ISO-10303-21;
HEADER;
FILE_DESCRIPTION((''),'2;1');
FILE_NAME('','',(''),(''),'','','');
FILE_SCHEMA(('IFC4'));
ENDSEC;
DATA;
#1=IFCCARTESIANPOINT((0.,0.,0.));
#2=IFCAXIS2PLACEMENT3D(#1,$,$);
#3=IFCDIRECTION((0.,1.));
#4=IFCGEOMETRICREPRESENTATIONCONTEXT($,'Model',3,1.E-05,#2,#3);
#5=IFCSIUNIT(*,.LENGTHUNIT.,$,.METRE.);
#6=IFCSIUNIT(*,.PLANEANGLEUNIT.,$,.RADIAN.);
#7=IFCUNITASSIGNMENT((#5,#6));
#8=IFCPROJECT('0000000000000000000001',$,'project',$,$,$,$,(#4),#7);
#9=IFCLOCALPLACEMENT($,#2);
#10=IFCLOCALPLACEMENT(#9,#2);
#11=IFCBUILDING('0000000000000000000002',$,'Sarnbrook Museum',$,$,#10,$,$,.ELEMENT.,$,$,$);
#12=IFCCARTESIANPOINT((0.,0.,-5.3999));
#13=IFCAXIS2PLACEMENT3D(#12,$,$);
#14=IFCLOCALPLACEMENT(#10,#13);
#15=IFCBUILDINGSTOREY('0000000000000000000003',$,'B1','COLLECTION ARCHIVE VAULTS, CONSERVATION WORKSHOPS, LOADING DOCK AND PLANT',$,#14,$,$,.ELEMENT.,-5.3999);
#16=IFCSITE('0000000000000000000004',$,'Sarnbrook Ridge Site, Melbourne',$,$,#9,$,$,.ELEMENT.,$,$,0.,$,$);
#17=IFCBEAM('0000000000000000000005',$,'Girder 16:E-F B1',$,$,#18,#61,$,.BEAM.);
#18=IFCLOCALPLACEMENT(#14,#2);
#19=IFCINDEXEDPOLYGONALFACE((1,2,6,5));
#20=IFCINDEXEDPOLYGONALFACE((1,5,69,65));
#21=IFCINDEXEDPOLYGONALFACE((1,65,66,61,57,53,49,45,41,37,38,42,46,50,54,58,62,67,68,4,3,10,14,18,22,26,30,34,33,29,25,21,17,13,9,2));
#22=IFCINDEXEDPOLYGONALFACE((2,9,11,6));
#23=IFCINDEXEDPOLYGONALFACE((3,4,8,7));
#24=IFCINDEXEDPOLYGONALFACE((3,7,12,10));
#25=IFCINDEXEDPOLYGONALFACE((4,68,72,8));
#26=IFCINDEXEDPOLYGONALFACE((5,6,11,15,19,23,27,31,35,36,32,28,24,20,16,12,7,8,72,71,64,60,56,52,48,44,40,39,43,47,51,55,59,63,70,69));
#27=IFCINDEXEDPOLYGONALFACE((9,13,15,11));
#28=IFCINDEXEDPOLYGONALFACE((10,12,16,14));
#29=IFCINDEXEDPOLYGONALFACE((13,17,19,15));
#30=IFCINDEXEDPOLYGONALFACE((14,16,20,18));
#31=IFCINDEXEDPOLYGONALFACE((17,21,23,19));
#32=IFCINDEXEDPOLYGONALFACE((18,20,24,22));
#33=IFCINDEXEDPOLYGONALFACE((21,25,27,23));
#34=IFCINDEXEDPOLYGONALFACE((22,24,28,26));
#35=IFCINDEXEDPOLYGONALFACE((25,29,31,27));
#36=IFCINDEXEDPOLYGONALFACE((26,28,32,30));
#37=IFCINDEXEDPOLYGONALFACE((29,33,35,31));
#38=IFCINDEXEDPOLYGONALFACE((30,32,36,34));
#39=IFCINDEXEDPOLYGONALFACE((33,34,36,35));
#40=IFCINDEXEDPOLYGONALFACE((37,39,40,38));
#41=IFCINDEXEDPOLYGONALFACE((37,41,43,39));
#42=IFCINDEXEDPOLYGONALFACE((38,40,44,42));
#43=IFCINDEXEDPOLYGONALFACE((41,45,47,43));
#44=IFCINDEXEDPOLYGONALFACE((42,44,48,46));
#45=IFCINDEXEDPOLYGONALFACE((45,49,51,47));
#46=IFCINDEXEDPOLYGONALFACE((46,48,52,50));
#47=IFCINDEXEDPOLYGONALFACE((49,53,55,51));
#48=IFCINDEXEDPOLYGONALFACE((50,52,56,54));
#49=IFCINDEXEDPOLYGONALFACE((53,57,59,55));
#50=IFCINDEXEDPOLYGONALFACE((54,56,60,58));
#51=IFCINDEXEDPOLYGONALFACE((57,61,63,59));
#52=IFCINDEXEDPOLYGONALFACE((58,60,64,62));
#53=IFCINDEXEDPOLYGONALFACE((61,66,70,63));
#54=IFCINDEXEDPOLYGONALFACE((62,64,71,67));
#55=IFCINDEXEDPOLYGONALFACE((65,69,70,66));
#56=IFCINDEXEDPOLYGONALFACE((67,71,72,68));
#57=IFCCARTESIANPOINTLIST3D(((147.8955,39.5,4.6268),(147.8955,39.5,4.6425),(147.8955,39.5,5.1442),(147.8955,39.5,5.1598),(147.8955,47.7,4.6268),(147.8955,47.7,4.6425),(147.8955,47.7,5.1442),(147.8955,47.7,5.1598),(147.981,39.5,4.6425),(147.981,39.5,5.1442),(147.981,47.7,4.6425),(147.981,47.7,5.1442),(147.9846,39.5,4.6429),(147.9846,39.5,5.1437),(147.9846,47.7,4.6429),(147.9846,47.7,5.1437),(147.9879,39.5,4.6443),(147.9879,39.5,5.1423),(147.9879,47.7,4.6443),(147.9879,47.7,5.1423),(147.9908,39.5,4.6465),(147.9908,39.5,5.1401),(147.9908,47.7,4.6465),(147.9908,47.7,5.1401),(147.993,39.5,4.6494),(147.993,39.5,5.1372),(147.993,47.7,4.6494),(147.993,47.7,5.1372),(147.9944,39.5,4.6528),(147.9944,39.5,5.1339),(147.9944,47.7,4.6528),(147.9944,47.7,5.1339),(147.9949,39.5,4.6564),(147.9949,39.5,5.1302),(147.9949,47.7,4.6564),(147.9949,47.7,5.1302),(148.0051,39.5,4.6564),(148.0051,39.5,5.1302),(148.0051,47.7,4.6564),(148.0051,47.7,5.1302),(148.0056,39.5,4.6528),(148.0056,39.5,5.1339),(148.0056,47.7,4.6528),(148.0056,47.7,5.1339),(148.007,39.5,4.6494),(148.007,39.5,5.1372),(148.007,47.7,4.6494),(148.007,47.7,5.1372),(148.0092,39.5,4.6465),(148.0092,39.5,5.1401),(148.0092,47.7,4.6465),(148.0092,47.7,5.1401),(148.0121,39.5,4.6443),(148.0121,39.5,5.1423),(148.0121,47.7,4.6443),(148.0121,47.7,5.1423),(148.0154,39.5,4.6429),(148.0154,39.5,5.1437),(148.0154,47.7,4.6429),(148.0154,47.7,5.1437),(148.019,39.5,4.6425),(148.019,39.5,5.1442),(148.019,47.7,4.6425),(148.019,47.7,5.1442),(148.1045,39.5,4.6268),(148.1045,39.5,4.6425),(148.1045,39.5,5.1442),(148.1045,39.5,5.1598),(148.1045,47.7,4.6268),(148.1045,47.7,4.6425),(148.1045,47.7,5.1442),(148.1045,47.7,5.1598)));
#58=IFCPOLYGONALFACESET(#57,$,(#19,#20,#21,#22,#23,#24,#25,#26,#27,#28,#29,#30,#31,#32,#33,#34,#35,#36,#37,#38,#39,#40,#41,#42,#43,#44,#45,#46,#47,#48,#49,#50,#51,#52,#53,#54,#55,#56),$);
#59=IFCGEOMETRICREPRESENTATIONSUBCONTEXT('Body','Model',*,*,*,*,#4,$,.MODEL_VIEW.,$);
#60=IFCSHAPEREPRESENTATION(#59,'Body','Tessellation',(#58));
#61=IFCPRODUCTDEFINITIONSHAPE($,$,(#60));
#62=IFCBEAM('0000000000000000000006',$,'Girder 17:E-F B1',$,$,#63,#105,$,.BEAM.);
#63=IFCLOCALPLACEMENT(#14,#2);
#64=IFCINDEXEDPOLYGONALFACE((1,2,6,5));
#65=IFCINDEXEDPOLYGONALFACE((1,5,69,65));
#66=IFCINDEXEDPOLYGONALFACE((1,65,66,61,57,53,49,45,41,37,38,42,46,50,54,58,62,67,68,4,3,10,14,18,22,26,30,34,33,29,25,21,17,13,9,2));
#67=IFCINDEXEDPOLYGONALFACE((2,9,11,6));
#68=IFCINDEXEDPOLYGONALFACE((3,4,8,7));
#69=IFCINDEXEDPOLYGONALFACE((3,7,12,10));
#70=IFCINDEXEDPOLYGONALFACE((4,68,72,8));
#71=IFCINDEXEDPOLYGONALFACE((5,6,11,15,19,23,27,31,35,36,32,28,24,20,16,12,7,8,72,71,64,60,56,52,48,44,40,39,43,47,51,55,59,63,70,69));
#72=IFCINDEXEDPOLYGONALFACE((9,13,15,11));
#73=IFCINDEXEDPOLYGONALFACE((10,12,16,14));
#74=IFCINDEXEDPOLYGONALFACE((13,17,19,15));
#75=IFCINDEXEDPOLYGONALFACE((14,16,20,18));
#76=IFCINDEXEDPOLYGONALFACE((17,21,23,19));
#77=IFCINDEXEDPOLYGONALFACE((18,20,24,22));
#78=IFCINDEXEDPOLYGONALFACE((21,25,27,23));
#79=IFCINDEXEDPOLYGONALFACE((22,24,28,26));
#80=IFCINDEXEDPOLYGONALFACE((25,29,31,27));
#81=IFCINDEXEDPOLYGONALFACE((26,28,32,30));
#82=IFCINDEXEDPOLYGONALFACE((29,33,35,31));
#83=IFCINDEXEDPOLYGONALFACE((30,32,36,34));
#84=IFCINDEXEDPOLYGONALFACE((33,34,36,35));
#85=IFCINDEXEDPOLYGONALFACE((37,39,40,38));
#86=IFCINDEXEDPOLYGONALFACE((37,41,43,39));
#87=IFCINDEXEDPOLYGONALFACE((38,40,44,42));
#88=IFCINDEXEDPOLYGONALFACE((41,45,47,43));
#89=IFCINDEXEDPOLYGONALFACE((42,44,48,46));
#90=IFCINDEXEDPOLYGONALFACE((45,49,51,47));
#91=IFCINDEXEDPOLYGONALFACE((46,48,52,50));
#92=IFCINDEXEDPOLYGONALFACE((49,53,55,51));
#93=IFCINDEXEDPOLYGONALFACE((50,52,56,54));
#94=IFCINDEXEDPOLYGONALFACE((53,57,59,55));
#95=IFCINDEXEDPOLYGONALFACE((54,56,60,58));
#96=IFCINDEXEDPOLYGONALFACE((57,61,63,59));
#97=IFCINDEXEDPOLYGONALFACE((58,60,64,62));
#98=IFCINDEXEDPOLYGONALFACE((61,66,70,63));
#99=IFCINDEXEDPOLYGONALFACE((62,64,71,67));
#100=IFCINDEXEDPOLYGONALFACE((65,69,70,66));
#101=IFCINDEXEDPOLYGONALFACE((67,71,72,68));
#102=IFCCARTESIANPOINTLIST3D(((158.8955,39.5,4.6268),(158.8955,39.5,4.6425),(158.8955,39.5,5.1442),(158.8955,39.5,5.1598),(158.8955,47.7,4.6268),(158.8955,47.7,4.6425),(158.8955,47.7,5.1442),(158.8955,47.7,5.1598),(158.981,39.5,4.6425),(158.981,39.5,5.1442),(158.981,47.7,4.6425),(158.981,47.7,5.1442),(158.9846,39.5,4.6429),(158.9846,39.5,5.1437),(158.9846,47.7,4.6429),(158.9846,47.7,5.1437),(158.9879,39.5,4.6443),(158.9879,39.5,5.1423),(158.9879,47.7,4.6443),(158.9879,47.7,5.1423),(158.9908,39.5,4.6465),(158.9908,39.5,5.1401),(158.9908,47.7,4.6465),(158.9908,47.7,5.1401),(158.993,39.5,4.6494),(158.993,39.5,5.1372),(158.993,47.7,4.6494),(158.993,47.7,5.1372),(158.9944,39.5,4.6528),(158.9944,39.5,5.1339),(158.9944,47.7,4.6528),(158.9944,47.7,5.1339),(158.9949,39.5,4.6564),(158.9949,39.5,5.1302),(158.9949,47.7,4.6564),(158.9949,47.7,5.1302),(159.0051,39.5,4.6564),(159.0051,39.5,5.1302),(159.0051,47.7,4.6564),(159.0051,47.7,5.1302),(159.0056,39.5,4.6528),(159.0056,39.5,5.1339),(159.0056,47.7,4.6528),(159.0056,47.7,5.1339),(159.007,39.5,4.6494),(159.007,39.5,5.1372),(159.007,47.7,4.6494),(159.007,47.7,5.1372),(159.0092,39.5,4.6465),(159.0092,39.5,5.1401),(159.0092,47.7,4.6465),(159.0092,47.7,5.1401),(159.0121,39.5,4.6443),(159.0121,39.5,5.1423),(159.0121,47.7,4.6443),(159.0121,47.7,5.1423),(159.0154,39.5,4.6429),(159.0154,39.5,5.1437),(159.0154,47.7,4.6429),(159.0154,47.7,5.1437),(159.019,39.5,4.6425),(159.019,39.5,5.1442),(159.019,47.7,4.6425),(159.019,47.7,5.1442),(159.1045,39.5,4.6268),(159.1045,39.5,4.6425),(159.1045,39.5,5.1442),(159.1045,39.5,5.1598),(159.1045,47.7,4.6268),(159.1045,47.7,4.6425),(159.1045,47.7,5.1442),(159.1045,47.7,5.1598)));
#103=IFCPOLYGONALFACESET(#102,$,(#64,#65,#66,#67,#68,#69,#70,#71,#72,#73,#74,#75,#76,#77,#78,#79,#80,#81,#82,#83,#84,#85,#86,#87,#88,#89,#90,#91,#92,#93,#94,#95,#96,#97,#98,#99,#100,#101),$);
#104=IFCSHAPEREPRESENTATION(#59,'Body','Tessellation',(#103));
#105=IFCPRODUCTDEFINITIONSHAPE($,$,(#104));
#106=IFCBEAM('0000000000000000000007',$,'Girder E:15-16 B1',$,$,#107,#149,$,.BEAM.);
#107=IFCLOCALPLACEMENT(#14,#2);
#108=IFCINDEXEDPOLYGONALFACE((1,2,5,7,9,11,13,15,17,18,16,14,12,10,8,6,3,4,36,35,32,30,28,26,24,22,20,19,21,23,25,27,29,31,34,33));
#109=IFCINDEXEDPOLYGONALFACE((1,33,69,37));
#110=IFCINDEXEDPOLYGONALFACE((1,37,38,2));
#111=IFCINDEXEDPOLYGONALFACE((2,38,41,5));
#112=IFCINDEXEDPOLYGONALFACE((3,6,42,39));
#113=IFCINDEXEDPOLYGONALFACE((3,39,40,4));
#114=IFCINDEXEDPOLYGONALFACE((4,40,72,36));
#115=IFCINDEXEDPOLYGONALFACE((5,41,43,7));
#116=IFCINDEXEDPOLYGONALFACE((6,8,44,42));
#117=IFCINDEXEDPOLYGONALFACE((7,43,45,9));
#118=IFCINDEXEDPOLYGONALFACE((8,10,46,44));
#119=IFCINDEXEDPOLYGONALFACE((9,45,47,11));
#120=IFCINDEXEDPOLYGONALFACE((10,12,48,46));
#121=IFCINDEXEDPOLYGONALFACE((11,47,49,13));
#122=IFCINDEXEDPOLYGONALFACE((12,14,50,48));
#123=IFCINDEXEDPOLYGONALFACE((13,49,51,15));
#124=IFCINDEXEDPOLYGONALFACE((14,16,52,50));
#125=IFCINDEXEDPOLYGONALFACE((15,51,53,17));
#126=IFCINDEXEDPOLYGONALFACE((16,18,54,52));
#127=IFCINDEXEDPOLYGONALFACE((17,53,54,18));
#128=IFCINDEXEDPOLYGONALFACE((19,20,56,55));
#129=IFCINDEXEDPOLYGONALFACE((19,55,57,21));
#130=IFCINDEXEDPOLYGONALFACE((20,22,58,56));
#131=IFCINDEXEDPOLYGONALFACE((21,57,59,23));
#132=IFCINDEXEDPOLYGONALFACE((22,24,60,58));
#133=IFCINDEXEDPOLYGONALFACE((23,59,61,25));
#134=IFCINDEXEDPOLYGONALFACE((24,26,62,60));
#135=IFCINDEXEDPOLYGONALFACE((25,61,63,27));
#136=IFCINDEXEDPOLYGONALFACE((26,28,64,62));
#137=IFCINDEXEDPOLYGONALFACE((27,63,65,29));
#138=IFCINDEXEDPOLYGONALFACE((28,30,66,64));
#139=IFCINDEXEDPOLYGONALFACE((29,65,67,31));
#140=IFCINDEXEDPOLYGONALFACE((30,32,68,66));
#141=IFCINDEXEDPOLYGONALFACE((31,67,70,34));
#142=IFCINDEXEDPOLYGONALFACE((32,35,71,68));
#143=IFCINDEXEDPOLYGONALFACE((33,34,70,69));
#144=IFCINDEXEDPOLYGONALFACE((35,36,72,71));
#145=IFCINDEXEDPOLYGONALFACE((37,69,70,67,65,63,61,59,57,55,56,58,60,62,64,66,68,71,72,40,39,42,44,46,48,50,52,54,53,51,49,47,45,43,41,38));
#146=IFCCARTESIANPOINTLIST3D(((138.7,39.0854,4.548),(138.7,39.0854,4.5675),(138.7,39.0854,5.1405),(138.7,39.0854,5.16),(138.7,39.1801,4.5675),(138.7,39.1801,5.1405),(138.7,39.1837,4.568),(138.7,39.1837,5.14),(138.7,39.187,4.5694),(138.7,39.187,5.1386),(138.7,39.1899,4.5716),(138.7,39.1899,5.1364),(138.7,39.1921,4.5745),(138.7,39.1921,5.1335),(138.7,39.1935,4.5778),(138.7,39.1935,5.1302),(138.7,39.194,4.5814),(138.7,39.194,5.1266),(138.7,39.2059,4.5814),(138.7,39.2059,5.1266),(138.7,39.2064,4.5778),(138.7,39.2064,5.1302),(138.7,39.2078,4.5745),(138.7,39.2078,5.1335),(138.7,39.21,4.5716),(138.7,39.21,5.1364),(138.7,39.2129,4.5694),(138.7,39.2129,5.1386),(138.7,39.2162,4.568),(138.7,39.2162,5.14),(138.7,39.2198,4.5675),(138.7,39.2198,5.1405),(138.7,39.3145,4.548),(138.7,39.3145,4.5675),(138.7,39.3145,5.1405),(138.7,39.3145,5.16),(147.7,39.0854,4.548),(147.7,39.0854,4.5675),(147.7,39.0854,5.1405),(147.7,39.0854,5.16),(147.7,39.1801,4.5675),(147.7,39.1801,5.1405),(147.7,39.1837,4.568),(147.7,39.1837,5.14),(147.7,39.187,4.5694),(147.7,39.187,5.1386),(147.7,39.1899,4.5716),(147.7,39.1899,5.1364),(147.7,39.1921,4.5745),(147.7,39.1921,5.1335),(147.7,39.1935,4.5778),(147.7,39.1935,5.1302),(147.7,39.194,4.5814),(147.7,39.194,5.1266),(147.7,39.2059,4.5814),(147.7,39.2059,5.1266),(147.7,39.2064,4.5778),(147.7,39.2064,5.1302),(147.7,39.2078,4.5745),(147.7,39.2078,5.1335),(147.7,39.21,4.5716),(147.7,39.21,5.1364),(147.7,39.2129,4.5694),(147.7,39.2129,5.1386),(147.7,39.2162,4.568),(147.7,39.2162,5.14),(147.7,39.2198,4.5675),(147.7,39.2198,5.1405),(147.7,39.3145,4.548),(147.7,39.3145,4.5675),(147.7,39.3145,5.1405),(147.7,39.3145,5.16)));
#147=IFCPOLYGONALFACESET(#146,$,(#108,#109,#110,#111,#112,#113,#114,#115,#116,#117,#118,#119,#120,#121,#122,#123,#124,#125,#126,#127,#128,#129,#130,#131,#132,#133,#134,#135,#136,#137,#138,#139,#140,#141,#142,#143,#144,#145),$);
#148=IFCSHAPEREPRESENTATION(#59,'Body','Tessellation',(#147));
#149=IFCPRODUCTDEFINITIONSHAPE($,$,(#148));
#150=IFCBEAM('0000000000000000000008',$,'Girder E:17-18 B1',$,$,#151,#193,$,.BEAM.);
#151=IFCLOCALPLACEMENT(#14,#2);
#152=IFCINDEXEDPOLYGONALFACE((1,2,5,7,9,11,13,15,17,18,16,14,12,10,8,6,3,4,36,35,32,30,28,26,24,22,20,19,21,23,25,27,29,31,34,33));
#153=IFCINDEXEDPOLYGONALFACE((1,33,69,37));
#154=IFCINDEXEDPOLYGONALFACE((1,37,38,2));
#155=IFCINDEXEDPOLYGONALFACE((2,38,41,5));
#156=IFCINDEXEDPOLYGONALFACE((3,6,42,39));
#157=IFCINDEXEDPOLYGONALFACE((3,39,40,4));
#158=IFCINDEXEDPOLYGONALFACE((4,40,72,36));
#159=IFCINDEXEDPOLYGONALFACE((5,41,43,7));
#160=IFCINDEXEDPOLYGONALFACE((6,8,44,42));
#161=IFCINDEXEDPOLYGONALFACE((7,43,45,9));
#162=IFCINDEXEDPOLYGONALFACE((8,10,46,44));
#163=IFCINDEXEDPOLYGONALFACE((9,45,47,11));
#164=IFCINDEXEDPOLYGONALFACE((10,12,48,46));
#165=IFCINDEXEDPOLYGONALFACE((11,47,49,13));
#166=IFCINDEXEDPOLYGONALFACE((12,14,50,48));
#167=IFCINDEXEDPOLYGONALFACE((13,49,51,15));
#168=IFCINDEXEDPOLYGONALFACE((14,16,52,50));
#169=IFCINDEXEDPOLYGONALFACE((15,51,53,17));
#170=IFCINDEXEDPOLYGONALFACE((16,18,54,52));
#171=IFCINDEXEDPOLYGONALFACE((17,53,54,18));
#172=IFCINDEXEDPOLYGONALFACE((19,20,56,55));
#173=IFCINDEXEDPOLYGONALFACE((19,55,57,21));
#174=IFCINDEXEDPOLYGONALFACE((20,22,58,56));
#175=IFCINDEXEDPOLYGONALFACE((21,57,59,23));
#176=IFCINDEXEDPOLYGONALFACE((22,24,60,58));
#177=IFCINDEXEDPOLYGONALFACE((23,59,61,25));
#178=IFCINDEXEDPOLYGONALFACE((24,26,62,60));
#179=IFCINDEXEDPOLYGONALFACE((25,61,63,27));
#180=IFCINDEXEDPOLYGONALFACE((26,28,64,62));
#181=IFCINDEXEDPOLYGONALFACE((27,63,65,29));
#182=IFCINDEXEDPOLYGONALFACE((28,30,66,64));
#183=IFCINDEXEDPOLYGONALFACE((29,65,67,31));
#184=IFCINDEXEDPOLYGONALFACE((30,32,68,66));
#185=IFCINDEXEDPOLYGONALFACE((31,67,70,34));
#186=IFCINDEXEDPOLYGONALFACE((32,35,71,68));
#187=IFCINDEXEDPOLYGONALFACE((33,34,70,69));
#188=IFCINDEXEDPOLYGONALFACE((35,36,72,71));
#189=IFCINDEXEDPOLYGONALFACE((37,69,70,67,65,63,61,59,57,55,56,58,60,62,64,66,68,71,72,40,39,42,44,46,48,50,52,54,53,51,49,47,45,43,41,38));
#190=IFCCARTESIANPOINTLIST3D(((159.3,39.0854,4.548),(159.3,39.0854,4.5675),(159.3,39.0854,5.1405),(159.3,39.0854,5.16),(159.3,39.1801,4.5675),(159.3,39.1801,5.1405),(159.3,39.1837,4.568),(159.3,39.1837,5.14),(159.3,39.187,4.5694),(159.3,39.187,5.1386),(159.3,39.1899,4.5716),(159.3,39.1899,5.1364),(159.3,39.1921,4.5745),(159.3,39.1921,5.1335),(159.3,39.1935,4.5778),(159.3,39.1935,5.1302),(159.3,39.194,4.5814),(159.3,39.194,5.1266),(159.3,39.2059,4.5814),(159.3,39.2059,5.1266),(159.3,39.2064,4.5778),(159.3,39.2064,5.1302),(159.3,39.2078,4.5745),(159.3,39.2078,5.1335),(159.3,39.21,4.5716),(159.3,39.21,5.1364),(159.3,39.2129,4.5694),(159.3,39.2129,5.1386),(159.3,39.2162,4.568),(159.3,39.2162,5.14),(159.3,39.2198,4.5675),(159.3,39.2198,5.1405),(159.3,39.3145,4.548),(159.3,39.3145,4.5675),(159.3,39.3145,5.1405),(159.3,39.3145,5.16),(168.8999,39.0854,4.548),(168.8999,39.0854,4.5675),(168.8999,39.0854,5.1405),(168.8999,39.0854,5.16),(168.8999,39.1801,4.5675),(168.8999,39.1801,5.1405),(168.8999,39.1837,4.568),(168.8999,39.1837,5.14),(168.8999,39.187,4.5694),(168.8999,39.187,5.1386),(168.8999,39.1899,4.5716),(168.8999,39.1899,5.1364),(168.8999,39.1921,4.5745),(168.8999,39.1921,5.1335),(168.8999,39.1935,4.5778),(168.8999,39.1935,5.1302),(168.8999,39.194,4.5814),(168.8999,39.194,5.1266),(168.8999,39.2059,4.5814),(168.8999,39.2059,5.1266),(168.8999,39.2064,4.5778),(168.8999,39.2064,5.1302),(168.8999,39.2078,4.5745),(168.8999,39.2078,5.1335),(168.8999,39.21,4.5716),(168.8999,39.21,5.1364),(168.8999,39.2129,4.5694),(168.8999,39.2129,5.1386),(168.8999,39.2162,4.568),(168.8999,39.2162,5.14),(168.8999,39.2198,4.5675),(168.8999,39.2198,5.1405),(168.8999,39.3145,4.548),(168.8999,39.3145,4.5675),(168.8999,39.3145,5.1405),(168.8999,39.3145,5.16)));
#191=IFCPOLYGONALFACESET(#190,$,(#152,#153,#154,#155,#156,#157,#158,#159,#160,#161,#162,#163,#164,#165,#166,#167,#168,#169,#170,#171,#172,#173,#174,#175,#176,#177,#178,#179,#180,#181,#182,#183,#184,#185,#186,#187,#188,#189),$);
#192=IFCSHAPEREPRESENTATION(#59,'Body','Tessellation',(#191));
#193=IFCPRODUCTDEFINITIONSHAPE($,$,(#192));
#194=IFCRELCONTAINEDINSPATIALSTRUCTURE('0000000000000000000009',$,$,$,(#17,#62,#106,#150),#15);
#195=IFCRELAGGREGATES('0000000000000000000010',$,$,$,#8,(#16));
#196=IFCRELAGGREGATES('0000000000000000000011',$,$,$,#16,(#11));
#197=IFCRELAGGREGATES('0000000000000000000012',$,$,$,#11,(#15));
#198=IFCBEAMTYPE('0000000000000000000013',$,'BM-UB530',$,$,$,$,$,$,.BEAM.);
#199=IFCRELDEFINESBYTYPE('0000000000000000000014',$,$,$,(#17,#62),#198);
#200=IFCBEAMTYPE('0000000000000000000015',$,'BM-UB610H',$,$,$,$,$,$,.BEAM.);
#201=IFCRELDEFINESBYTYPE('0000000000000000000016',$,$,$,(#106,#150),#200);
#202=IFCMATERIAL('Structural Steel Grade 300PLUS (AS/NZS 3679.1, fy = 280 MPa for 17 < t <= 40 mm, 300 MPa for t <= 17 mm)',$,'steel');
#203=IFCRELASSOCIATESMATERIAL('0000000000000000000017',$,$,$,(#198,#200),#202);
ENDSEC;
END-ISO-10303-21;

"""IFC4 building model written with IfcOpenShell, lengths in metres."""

from ifc_helpers import new_model, si_unit, direction, frame, origin, origin_2d, place, context, subcontext, project, spatial, i_section, extrude, material, material_profile, profile_set, type_object, element, save


model = new_model("IFC4")

# Units and contexts
model_context = context("Model", 3, precision=1e-05, world=origin(), true_north=direction((0.0, 1.0)))
body_context = subcontext(model_context, "Body", "Model", "MODEL_VIEW")
ifc_project = project(units=[si_unit("LENGTHUNIT", "METRE"), si_unit("PLANEANGLEUNIT", "RADIAN")], contexts=[model_context])

# Site, building, storey
site_placement = place(None, origin())
site = spatial("IfcSite", under=ifc_project, at=site_placement, Name="Sarnbrook Ridge Site, Melbourne", CompositionType="ELEMENT", RefElevation=0.0)
building_placement = place(site_placement, origin())
building = spatial("IfcBuilding", under=site, at=building_placement, Name="Sarnbrook Museum", CompositionType="ELEMENT")
storey_placement = place(building_placement, frame((0.0, 0.0, -5.3999)))
storey = spatial("IfcBuildingStorey", under=building, at=storey_placement, Name="B1", Description="COLLECTION ARCHIVE VAULTS, CONSERVATION WORKSHOPS, LOADING DOCK AND PLANT", CompositionType="ELEMENT", Elevation=-5.3999)

# Beams
ifc_material_1 = material(Name="Structural Steel Grade 300PLUS (AS/NZS 3679.1, fy = 280 MPa for 17 < t <= 40 mm, 300 MPa for t <= 17 mm)", Category="steel")
ifc_material_profile_1 = material_profile(ifc_material_1, i_section(OverallWidth=0.209, OverallDepth=0.533, WebThickness=0.0103, FlangeThickness=0.0156, FilletRadius=0.0139, at=origin_2d()), Name="530UB92.4")
ifc_profile_set_1 = profile_set([ifc_material_profile_1], Name="Structural Steel Grade 300PLUS (AS/NZS 3679.1, fy = 280 MPa for 17 < t <= 40 mm, 300 MPa for t <= 17 mm)")
beam_type_1 = type_object("IfcBeamType", Name="BM-UB530", PredefinedType="BEAM", material=ifc_profile_set_1)
for number, where, z_axis, x_axis, name in (
    (1, (148.0, 39.5, 4.8933), (0.0, 1.0, 0.0), (-1.0, 0.0, 0.0), "Girder 16:E-F B1"),
    (2, (159.0, 39.5, 4.8933), (0.0, 1.0, 0.0), (-1.0, 0.0, 0.0), "Girder 17:E-F B1"),
):
    element("IfcBeam", number, at=place(storey_placement, frame(where, z_axis=z_axis, x_axis=x_axis)), inside=storey, type_object=beam_type_1, Name=name, PredefinedType="BEAM", context=body_context, shape_type="SweptSolid", body=[
        extrude(i_section(OverallWidth=0.209, OverallDepth=0.533, WebThickness=0.0103, FlangeThickness=0.0156, FilletRadius=0.0139, at=origin_2d()), origin(), (0.0, 0.0, 1.0), 8.2),
    ])
ifc_material_profile_2 = material_profile(ifc_material_1, i_section(OverallWidth=0.229, OverallDepth=0.6121, WebThickness=0.012, FlangeThickness=0.0195, FilletRadius=0.0139, at=origin_2d()), Name="610UB125")
ifc_profile_set_2 = profile_set([ifc_material_profile_2], Name="Structural Steel Grade 300PLUS (AS/NZS 3679.1, fy = 280 MPa for 17 < t <= 40 mm, 300 MPa for t <= 17 mm)")
beam_type_2 = type_object("IfcBeamType", Name="BM-UB610H", PredefinedType="BEAM", material=ifc_profile_set_2)
beam_1_placement = place(storey_placement, frame((138.7, 39.2, 4.854), z_axis=(1.0, 0.0, 0.0), x_axis=(0.0, 1.0, 0.0)))
element("IfcBeam", 3, at=beam_1_placement, inside=storey, type_object=beam_type_2, Name="Girder E:15-16 B1", PredefinedType="BEAM", context=body_context, shape_type="SweptSolid", body=[
    extrude(i_section(OverallWidth=0.229, OverallDepth=0.6121, WebThickness=0.012, FlangeThickness=0.0195, FilletRadius=0.0139, at=origin_2d()), origin(), (0.0, 0.0, 1.0), 9.0),
])
beam_2_placement = place(storey_placement, frame((159.3, 39.2, 4.854), z_axis=(1.0, 0.0, 0.0), x_axis=(0.0, 1.0, 0.0)))
element("IfcBeam", 4, at=beam_2_placement, inside=storey, type_object=beam_type_2, Name="Girder E:17-18 B1", PredefinedType="BEAM", context=body_context, shape_type="SweptSolid", body=[
    extrude(i_section(OverallWidth=0.229, OverallDepth=0.6121, WebThickness=0.012, FlangeThickness=0.0195, FilletRadius=0.0139, at=origin_2d()), origin(), (0.0, 0.0, 1.0), 9.5999),
])

save(model, "model.ifc")
